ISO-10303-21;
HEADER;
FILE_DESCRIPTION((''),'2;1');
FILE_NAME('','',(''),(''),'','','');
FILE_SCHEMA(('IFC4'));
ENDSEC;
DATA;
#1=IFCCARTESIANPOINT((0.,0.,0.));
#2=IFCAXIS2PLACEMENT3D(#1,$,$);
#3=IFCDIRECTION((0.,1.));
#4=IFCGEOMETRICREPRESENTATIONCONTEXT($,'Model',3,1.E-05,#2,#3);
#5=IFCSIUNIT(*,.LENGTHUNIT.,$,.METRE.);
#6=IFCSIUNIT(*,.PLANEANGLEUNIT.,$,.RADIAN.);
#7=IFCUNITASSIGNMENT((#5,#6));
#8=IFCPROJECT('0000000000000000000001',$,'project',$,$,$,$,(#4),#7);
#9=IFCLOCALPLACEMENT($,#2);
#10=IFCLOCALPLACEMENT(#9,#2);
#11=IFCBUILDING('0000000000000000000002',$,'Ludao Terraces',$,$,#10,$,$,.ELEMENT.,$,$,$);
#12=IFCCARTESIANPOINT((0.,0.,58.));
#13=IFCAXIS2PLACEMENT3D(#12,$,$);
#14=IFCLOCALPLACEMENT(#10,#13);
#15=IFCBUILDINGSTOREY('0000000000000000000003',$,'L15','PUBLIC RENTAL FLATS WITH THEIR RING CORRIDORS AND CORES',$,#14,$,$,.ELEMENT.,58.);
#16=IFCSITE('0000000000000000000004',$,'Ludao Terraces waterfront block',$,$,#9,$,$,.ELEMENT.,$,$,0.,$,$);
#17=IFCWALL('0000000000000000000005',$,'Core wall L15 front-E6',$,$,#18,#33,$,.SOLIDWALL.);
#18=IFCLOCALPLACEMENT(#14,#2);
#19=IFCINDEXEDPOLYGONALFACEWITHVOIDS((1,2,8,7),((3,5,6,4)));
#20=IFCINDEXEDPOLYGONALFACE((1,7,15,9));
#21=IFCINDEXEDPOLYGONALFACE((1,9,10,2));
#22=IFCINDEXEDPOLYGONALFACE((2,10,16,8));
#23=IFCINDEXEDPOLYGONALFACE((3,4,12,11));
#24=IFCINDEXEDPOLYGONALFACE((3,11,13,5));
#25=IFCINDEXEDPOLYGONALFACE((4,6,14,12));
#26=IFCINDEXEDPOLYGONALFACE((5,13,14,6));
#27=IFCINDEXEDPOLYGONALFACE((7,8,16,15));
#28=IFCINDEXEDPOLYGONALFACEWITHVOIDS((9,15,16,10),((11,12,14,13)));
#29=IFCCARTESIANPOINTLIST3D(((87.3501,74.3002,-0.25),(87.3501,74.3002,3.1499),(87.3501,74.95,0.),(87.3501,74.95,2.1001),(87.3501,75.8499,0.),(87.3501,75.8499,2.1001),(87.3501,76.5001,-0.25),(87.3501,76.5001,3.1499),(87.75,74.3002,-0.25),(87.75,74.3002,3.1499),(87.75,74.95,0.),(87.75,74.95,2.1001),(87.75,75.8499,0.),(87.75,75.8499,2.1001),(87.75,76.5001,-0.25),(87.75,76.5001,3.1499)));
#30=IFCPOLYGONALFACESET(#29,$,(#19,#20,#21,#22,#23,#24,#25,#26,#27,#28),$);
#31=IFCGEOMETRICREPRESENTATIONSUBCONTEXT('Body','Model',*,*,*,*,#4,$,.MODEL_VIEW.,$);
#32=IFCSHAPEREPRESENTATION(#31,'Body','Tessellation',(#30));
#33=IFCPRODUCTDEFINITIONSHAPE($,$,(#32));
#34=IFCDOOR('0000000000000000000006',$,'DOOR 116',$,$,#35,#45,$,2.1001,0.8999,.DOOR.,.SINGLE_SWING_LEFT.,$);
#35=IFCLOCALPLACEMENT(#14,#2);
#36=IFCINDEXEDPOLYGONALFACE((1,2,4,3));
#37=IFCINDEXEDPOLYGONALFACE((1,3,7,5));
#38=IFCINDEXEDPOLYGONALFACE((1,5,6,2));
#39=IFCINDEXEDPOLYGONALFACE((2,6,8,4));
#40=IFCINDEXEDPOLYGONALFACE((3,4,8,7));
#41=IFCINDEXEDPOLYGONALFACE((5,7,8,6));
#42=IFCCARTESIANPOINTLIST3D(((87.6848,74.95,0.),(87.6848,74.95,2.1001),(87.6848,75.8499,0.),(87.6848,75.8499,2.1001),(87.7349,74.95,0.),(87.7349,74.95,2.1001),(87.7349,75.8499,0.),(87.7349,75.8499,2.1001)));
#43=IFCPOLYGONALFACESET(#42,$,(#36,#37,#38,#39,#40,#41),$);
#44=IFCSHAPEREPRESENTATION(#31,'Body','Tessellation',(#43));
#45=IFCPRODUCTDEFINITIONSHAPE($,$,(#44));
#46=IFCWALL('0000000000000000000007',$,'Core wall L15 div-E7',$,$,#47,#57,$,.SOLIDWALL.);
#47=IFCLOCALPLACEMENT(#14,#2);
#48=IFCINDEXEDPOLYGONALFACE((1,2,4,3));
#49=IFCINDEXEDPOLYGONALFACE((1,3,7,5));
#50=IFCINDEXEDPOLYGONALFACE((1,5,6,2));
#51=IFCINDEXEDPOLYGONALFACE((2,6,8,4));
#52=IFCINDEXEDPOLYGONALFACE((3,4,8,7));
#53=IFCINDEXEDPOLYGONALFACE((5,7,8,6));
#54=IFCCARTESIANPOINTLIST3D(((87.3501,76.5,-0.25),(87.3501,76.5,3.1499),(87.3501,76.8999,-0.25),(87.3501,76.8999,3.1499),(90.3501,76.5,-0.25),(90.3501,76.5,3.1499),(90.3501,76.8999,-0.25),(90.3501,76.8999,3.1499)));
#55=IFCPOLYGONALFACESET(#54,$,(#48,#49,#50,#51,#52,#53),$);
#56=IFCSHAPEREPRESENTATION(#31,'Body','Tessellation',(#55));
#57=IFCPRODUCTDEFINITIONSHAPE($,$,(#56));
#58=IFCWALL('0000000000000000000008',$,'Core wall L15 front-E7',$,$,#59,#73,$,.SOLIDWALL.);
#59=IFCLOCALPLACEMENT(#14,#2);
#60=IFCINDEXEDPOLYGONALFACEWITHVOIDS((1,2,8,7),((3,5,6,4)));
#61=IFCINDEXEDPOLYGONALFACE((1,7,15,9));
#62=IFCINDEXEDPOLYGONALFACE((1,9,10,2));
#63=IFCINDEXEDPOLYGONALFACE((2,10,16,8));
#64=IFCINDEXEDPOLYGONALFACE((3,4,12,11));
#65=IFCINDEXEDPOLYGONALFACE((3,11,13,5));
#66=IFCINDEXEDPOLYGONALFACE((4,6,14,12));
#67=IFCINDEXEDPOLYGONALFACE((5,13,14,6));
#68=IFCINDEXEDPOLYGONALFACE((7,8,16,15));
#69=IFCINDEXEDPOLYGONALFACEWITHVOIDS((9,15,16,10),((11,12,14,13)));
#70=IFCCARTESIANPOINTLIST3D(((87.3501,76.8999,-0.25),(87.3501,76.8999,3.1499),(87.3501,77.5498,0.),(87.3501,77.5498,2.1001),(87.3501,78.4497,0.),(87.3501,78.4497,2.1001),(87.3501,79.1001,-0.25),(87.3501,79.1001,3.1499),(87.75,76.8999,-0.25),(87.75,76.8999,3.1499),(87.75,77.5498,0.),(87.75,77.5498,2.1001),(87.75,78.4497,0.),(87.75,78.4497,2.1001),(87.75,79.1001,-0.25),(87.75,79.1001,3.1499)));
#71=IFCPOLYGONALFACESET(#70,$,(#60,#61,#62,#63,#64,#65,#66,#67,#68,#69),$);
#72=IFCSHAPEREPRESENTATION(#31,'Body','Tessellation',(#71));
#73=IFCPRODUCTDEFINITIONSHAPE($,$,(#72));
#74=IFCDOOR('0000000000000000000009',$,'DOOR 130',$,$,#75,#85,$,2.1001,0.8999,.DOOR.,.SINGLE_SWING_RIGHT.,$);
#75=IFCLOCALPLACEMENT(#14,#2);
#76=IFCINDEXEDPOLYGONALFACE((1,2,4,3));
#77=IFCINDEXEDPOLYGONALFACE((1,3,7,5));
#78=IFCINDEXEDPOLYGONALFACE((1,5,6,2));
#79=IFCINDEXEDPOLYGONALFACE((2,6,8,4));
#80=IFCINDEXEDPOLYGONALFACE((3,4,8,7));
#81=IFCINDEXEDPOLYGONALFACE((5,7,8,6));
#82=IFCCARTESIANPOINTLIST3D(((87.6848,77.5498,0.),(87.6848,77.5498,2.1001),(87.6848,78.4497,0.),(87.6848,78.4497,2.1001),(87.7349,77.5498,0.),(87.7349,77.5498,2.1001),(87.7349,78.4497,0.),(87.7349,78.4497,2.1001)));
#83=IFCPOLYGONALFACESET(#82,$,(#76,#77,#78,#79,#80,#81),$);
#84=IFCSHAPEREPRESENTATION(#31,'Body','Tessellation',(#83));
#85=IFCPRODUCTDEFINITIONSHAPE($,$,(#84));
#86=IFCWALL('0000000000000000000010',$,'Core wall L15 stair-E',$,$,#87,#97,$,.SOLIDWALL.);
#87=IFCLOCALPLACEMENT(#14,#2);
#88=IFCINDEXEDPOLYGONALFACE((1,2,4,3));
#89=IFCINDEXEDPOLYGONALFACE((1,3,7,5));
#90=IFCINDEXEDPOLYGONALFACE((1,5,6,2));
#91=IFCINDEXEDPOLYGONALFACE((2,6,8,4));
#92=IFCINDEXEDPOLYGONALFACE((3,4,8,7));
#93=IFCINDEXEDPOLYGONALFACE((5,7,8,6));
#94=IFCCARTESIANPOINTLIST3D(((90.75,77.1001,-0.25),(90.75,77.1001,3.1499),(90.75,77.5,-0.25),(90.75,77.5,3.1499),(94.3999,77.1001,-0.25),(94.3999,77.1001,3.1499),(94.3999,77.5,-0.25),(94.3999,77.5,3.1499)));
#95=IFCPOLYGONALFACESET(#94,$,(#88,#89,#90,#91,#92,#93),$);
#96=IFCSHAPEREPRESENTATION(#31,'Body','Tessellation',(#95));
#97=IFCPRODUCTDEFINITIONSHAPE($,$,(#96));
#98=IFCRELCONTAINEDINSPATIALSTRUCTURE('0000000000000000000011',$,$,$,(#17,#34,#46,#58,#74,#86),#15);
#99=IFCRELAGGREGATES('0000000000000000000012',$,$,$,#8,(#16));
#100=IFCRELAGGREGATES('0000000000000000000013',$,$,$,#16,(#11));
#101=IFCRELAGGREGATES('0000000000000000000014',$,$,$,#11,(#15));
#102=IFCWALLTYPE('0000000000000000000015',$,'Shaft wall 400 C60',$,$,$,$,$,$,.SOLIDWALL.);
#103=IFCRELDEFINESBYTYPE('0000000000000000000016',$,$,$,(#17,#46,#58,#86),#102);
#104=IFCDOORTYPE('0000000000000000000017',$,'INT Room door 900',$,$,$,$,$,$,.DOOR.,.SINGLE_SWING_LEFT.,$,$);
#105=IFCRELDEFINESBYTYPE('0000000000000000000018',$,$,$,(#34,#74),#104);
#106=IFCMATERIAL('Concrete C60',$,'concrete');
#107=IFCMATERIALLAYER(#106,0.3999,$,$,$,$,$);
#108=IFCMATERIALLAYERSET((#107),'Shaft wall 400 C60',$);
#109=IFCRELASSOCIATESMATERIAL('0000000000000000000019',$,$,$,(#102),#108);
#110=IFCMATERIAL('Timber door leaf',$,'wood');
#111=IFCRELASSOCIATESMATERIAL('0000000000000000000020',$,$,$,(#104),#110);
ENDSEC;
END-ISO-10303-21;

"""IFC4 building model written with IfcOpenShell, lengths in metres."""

from ifc_helpers import new_model, si_unit, direction, frame, frame_2d, origin, place, context, subcontext, project, spatial, rectangle, extrude, material, layer, layer_set, type_object, element, fill, save


model = new_model("IFC4")

# Units and contexts
model_context = context("Model", 3, precision=1e-05, world=origin(), true_north=direction((0.0, 1.0)))
body_context = subcontext(model_context, "Body", "Model", "MODEL_VIEW")
ifc_project = project(units=[si_unit("LENGTHUNIT", "METRE"), si_unit("PLANEANGLEUNIT", "RADIAN")], contexts=[model_context])

# Site, building, storey
site_placement = place(None, origin())
site = spatial("IfcSite", under=ifc_project, at=site_placement, Name="Ludao Terraces waterfront block", CompositionType="ELEMENT", RefElevation=0.0)
building_placement = place(site_placement, origin())
building = spatial("IfcBuilding", under=site, at=building_placement, Name="Ludao Terraces", CompositionType="ELEMENT")
storey_placement = place(building_placement, frame((0.0, 0.0, 58.0)))
storey = spatial("IfcBuildingStorey", under=building, at=storey_placement, Name="L15", Description="PUBLIC RENTAL FLATS WITH THEIR RING CORRIDORS AND CORES", CompositionType="ELEMENT", Elevation=58.0)

# Shared definitions
ifc_material_1 = material(Name="Concrete C60", Category="concrete")
ifc_layer_1 = layer(ifc_material_1, 0.3999)
ifc_layer_set_1 = layer_set([ifc_layer_1], Name="Shaft wall 400 C60")
wall_type_1 = type_object("IfcWallType", Name="Shaft wall 400 C60", PredefinedType="SOLIDWALL", material=ifc_layer_set_1)

# Wall, opening, door
wall_1_placement = place(storey_placement, frame((87.55, 74.3, -0.25), z_axis=(0.0, 0.0, 1.0), x_axis=(0.0, 1.0, 0.0)))
wall_1 = element("IfcWall", 1, at=wall_1_placement, inside=storey, type_object=wall_type_1, Name="Core wall L15 front-E6", PredefinedType="SOLIDWALL", context=body_context, shape_type="SweptSolid", body=[
    extrude(rectangle(XDim=2.2, YDim=0.3999, at=frame_2d((1.1001, 0.0))), origin(), (0.0, 0.0, 1.0), 3.3999),
])
opening_1_placement = place(wall_1_placement, frame((0.6499, 0.0, 0.25)))
opening_1 = element("IfcOpeningElement", 2, at=opening_1_placement, cuts=wall_1, PredefinedType="OPENING", context=body_context, shape_type="SweptSolid", body=[
    extrude(rectangle(XDim=0.8999, YDim=2.1001, at=frame_2d((0.45, 1.05))), frame((0.0, 0.21, 0.0), z_axis=(0.0, -1.0, 0.0), x_axis=(1.0, 0.0, 0.0)), (0.0, 0.0, 1.0), 0.4199),
])
ifc_material_2 = material(Name="Timber door leaf", Category="wood")
door_type_1 = type_object("IfcDoorType", Name="INT Room door 900", OperationType="SINGLE_SWING_LEFT", PredefinedType="DOOR", material=ifc_material_2)
door_1_placement = place(opening_1_placement, origin())
door_1 = element("IfcDoor", 3, at=door_1_placement, inside=storey, type_object=door_type_1, Name="DOOR 116", OperationType="SINGLE_SWING_LEFT", OverallHeight=2.1001, OverallWidth=0.8999, PredefinedType="DOOR", context=body_context, shape_type="SweptSolid", body=[
    extrude(rectangle(XDim=0.8999, YDim=2.1001, at=frame_2d((0.45, 1.05))), frame((0.0, -0.1348, 0.0), z_axis=(0.0, -1.0, 0.0), x_axis=(1.0, 0.0, 0.0)), (0.0, 0.0, 1.0), 0.05),
])
fill(opening_1, door_1)

# Wall
wall_2_placement = place(storey_placement, frame((87.3501, 76.7, -0.25), z_axis=(0.0, 0.0, 1.0), x_axis=(1.0, 0.0, 0.0)))
element("IfcWall", 4, at=wall_2_placement, inside=storey, type_object=wall_type_1, Name="Core wall L15 div-E7", PredefinedType="SOLIDWALL", context=body_context, shape_type="SweptSolid", body=[
    extrude(rectangle(XDim=3.0, YDim=0.3999, at=frame_2d((1.5, 0.0))), origin(), (0.0, 0.0, 1.0), 3.3999),
])

# Wall, opening, door
wall_3_placement = place(storey_placement, frame((87.55, 76.8999, -0.25), z_axis=(0.0, 0.0, 1.0), x_axis=(0.0, 1.0, 0.0)))
wall_3 = element("IfcWall", 5, at=wall_3_placement, inside=storey, type_object=wall_type_1, Name="Core wall L15 front-E7", PredefinedType="SOLIDWALL", context=body_context, shape_type="SweptSolid", body=[
    extrude(rectangle(XDim=2.2002, YDim=0.3999, at=frame_2d((1.1001, 0.0))), origin(), (0.0, 0.0, 1.0), 3.3999),
])
opening_2_placement = place(wall_3_placement, frame((0.6499, 0.0, 0.25)))
opening_2 = element("IfcOpeningElement", 6, at=opening_2_placement, cuts=wall_3, PredefinedType="OPENING", context=body_context, shape_type="SweptSolid", body=[
    extrude(rectangle(XDim=0.8999, YDim=2.1001, at=frame_2d((0.45, 1.05))), frame((0.0, 0.21, 0.0), z_axis=(0.0, -1.0, 0.0), x_axis=(1.0, 0.0, 0.0)), (0.0, 0.0, 1.0), 0.4199),
])
door_2_placement = place(opening_2_placement, origin())
door_2 = element("IfcDoor", 7, at=door_2_placement, inside=storey, type_object=door_type_1, Name="DOOR 130", OperationType="SINGLE_SWING_RIGHT", OverallHeight=2.1001, OverallWidth=0.8999, PredefinedType="DOOR", context=body_context, shape_type="SweptSolid", body=[
    extrude(rectangle(XDim=0.8999, YDim=2.1001, at=frame_2d((0.45, 1.05))), frame((0.0, -0.1348, 0.0), z_axis=(0.0, -1.0, 0.0), x_axis=(1.0, 0.0, 0.0)), (0.0, 0.0, 1.0), 0.05),
])
fill(opening_2, door_2)

# Wall
wall_4_placement = place(storey_placement, frame((90.75, 77.3, -0.25), z_axis=(0.0, 0.0, 1.0), x_axis=(1.0, 0.0, 0.0)))
element("IfcWall", 8, at=wall_4_placement, inside=storey, type_object=wall_type_1, Name="Core wall L15 stair-E", PredefinedType="SOLIDWALL", context=body_context, shape_type="SweptSolid", body=[
    extrude(rectangle(XDim=3.6499, YDim=0.3999, at=frame_2d((1.825, 0.0))), origin(), (0.0, 0.0, 1.0), 3.3999),
])

save(model, "model.ifc")
